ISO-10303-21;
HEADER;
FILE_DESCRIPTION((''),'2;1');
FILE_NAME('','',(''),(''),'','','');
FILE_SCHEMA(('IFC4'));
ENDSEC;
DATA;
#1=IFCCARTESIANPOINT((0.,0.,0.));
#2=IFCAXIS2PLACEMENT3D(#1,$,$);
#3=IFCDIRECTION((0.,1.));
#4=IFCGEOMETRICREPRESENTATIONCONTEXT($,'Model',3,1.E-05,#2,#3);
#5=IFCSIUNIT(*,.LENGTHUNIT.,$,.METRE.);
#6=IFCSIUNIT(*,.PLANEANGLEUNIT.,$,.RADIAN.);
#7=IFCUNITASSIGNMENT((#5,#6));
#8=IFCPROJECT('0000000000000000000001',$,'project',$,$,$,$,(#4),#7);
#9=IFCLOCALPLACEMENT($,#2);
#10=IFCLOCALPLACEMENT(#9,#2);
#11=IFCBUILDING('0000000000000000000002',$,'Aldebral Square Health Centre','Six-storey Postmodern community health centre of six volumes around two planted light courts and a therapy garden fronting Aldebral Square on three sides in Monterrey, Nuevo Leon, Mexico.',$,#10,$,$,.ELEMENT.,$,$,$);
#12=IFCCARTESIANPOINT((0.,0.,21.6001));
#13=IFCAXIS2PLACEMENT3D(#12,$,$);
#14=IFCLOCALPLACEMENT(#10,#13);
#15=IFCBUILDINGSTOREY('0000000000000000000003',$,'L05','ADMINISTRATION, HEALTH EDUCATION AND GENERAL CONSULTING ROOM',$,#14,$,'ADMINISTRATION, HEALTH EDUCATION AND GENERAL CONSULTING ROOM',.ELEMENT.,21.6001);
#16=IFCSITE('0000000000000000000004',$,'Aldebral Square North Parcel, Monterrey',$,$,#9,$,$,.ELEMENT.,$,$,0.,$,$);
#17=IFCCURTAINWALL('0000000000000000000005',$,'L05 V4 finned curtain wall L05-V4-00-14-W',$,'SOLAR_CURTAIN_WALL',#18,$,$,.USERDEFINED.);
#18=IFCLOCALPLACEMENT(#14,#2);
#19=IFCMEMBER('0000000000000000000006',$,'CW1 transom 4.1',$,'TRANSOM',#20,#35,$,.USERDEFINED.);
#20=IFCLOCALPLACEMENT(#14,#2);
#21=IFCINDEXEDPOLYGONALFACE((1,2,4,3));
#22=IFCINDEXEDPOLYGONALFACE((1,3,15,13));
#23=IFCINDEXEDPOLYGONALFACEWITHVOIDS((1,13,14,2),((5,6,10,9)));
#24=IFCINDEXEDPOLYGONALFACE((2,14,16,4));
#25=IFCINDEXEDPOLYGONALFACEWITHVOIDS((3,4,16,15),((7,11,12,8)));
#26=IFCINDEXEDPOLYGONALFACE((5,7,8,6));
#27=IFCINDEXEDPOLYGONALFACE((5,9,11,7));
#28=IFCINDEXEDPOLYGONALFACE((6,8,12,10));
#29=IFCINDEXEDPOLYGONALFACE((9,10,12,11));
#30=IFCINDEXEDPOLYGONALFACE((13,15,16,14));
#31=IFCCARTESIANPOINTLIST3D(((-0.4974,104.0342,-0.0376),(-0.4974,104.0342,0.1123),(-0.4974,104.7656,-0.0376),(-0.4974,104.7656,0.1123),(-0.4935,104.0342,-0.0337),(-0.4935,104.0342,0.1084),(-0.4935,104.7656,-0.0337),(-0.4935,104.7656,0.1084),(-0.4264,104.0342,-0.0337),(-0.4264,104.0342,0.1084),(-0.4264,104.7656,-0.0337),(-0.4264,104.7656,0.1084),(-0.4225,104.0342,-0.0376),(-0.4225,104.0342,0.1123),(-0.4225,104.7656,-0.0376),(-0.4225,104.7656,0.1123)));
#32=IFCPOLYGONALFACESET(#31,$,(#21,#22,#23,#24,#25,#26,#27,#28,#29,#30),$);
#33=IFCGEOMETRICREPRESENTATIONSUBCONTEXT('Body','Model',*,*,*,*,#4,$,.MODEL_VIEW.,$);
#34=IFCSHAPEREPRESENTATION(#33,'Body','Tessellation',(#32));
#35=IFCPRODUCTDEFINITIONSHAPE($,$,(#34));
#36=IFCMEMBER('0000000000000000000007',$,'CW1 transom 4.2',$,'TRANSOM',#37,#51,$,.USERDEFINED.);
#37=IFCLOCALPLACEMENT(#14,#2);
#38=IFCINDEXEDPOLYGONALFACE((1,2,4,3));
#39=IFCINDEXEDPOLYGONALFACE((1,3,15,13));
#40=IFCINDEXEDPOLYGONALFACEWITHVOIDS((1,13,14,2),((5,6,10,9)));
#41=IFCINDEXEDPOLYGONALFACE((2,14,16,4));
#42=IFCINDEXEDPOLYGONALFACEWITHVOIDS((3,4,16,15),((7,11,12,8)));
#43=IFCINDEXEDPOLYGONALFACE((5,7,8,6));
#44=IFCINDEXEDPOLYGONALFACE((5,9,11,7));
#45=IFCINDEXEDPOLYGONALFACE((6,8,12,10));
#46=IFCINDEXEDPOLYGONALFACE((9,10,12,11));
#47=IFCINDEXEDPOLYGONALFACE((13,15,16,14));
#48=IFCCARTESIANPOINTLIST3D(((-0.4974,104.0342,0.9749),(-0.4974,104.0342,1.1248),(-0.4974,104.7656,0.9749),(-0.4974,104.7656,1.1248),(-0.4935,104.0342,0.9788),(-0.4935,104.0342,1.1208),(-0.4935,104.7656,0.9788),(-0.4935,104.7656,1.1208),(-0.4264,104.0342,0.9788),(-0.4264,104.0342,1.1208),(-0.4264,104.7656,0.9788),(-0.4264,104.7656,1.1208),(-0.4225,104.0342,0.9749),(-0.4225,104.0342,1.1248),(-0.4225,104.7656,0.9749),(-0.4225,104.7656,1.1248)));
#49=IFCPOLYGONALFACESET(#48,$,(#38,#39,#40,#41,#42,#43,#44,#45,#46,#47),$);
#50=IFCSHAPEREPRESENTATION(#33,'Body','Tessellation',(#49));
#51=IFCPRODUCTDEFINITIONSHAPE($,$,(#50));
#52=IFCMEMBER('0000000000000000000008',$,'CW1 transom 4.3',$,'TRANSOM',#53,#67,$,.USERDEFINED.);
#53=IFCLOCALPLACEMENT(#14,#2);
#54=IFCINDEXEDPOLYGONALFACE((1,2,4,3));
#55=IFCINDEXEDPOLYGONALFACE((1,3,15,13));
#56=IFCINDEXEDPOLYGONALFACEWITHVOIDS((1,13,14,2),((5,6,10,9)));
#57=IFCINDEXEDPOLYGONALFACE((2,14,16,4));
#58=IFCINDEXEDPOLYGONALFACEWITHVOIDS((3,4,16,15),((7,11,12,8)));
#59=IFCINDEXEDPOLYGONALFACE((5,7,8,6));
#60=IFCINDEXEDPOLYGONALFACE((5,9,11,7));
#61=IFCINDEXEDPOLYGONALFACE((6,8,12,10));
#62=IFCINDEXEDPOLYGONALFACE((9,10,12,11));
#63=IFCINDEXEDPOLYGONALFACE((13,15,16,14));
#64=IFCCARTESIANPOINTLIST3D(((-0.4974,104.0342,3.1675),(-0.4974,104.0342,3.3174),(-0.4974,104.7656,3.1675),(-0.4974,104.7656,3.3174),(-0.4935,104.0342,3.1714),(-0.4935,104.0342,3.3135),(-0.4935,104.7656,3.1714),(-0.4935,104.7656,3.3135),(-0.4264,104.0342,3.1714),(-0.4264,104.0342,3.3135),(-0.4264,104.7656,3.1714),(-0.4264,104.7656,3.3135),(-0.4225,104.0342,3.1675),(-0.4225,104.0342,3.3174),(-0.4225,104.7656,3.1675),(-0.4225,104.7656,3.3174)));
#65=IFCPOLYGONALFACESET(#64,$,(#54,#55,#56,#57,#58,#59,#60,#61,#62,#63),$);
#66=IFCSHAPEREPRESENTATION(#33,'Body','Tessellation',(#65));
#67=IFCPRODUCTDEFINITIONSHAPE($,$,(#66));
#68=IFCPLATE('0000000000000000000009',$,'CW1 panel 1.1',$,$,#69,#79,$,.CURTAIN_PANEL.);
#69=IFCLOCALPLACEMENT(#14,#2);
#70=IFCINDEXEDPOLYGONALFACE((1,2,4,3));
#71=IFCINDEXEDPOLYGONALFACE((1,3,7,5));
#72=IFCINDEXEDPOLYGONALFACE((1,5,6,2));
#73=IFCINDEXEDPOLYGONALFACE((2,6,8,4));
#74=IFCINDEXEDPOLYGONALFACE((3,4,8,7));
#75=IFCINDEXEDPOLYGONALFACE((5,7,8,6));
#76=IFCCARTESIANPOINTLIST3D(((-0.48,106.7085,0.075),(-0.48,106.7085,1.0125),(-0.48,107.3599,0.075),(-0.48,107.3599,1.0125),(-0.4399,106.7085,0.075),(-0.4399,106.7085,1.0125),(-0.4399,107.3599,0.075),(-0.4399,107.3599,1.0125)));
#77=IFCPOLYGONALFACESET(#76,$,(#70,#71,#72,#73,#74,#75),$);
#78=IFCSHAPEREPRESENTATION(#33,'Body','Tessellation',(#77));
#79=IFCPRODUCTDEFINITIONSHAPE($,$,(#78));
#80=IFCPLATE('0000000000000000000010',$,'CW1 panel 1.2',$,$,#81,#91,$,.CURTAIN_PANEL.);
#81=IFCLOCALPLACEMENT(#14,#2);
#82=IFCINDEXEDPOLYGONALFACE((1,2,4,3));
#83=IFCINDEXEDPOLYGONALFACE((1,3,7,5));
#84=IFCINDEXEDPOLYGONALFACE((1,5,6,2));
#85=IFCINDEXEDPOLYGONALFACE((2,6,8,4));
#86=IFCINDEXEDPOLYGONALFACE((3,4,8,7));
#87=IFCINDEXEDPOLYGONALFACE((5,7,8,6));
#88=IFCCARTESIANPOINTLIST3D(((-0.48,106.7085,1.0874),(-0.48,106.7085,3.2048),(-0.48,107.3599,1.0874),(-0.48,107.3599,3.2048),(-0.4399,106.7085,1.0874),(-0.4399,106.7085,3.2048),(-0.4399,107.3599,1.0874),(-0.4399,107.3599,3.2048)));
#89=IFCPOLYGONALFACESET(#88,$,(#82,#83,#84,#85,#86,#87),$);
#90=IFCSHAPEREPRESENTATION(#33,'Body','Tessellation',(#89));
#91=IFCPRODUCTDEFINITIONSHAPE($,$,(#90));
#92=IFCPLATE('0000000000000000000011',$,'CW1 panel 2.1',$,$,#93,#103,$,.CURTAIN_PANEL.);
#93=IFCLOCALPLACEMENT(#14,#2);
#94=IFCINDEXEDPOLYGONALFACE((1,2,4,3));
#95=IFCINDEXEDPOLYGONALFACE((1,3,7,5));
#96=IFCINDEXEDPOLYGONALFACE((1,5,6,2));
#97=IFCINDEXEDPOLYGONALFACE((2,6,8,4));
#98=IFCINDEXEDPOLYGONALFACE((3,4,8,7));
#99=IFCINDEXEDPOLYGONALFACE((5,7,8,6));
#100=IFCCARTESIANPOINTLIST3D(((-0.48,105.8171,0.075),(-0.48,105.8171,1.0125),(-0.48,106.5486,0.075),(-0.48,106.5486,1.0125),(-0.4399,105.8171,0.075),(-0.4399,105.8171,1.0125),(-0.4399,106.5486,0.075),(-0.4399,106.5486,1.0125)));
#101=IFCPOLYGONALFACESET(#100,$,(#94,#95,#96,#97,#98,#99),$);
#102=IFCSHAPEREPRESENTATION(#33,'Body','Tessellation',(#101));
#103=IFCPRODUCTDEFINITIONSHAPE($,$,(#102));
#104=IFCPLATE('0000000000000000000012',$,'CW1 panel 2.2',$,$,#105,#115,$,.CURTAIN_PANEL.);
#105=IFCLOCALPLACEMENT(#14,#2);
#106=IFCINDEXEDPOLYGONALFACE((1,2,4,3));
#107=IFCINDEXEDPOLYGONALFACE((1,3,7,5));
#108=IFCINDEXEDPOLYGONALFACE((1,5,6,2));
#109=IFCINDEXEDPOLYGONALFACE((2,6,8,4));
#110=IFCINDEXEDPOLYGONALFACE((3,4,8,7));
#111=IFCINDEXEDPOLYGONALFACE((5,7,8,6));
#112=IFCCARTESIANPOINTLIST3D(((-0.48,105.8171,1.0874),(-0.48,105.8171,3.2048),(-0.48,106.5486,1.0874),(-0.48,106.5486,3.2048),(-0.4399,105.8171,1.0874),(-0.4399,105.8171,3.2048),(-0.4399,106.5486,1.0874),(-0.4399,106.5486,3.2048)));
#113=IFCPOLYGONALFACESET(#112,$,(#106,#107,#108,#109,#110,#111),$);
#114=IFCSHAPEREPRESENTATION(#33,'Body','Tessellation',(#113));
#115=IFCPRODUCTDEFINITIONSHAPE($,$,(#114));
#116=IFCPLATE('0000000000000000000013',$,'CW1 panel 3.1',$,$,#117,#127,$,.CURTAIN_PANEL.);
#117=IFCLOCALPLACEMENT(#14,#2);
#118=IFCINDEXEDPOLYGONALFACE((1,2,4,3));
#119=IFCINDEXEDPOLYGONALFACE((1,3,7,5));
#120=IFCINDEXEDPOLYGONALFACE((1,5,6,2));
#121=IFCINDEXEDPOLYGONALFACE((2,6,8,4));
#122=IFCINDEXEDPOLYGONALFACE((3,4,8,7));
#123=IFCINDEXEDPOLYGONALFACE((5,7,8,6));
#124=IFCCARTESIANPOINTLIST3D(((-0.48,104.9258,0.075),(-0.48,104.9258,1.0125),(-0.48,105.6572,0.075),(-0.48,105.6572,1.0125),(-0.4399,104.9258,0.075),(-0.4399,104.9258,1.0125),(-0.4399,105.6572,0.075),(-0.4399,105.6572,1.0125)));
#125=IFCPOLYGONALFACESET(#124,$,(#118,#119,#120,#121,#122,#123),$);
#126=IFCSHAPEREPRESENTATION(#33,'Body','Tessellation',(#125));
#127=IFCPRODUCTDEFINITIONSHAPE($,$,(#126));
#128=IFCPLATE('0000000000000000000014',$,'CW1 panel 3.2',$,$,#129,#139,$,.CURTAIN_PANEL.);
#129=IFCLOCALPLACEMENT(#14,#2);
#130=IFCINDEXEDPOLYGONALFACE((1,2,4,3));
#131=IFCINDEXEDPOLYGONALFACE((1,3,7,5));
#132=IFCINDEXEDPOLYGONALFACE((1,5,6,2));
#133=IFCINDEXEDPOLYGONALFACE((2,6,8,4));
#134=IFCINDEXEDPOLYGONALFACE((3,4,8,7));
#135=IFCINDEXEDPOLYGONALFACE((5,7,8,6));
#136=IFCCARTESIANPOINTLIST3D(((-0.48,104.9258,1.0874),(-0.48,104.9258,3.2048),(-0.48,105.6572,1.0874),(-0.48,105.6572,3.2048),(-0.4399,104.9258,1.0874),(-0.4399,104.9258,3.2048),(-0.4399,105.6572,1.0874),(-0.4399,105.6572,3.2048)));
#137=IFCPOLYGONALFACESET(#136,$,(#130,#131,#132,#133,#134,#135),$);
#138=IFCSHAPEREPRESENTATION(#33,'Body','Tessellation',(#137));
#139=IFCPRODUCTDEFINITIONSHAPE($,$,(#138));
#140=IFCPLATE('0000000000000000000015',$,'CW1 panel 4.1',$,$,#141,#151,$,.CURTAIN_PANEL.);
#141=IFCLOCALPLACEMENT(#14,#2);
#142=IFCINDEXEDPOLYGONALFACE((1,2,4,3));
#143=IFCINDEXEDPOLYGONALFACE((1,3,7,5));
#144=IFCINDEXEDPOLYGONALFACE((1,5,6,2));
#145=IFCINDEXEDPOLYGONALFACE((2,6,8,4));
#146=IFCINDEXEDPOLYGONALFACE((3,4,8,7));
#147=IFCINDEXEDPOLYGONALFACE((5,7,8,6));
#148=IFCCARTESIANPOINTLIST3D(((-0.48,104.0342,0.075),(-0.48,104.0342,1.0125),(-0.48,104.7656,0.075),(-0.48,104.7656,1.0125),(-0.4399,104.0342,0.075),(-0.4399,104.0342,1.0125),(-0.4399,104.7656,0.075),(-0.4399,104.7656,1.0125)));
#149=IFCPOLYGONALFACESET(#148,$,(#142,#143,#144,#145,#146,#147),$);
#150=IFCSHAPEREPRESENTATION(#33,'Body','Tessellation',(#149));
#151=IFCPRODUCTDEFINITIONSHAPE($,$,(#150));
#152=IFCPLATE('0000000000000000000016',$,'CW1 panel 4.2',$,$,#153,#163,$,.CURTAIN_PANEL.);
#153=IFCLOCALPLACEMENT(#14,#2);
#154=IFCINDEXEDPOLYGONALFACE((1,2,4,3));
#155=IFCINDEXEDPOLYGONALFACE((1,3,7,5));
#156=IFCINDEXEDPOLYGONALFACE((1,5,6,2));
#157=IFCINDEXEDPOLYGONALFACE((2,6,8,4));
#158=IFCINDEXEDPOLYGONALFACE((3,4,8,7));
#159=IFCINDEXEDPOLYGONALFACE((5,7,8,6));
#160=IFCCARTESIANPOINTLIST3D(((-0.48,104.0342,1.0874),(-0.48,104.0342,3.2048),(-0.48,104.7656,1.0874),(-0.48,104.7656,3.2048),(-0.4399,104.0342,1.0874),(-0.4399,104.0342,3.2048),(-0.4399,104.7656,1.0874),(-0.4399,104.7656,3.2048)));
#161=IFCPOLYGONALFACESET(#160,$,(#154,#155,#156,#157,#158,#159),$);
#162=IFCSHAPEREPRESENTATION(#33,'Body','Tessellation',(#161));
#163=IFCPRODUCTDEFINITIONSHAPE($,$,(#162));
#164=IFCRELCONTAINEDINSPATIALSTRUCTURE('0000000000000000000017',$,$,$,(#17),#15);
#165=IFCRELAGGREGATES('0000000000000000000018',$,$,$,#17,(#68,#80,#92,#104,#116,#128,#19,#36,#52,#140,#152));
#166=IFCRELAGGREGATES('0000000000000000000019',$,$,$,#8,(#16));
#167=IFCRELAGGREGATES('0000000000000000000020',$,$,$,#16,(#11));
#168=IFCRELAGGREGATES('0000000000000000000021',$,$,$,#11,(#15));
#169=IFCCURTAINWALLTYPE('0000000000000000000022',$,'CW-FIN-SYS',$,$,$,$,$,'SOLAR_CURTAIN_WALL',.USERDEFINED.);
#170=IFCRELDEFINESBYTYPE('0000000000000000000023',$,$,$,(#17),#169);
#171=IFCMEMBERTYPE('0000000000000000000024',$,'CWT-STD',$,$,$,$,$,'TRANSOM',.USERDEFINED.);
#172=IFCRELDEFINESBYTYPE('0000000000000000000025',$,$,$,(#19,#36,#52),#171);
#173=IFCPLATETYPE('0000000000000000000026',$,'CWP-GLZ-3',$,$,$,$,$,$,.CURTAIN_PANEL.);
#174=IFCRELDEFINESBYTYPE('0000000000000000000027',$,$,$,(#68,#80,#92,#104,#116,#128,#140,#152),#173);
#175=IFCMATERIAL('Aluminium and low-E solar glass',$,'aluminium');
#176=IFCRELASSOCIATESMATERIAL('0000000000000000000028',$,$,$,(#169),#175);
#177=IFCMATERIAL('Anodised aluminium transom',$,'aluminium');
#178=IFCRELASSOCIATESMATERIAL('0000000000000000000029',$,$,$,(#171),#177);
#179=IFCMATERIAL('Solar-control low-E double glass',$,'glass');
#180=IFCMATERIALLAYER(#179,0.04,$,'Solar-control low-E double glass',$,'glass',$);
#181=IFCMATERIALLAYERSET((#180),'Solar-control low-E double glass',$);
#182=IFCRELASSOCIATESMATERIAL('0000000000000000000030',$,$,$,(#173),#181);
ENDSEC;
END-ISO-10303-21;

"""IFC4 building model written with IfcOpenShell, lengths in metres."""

from ifc_helpers import new_model, si_unit, direction, frame, origin, origin_2d, place, context, subcontext, project, spatial, rectangle, hollow_rectangle, extrude, material, layer, layer_set, material_profile, profile_set, type_object, element, aggregate, save


model = new_model("IFC4")

# Units and contexts
model_context = context("Model", 3, precision=1e-05, world=origin(), true_north=direction((0.0, 1.0)))
body_context = subcontext(model_context, "Body", "Model", "MODEL_VIEW")
ifc_project = project(units=[si_unit("LENGTHUNIT", "METRE"), si_unit("PLANEANGLEUNIT", "RADIAN")], contexts=[model_context])

# Site, building, storey
site_placement = place(None, origin())
site = spatial("IfcSite", under=ifc_project, at=site_placement, Name="Aldebral Square North Parcel, Monterrey", CompositionType="ELEMENT", RefElevation=0.0)
building_placement = place(site_placement, origin())
building = spatial("IfcBuilding", under=site, at=building_placement, Name="Aldebral Square Health Centre", Description="Six-storey Postmodern community health centre of six volumes around two planted light courts and a therapy garden fronting Aldebral Square on three sides in Monterrey, Nuevo Leon, Mexico.", CompositionType="ELEMENT")
storey_placement = place(building_placement, frame((0.0, 0.0, 21.6001)))
storey = spatial("IfcBuildingStorey", under=building, at=storey_placement, Name="L05", Description="ADMINISTRATION, HEALTH EDUCATION AND GENERAL CONSULTING ROOM", LongName="ADMINISTRATION, HEALTH EDUCATION AND GENERAL CONSULTING ROOM", CompositionType="ELEMENT", Elevation=21.6001)

# Curtain wall, members, plates
ifc_material_1 = material(Name="Aluminium and low-E solar glass", Category="aluminium")
curtain_wall_type = type_object("IfcCurtainWallType", Name="CW-FIN-SYS", ElementType="SOLAR_CURTAIN_WALL", PredefinedType="USERDEFINED", material=ifc_material_1)
curtain_wall_placement = place(storey_placement, origin())
curtain_wall = element("IfcCurtainWall", 1, at=curtain_wall_placement, inside=storey, type_object=curtain_wall_type, Name="L05 V4 finned curtain wall L05-V4-00-14-W", ObjectType="SOLAR_CURTAIN_WALL", PredefinedType="USERDEFINED")
ifc_material_2 = material(Name="Anodised aluminium transom", Category="aluminium")
ifc_material_profile_1 = material_profile(ifc_material_2, hollow_rectangle(XDim=0.075, YDim=0.1499, WallThickness=0.0039, at=origin_2d()), Name="CWT 75x150x4")
ifc_profile_set_1 = profile_set([ifc_material_profile_1], Name="Anodised aluminium transom")
member_type_1 = type_object("IfcMemberType", Name="CWT-STD", ElementType="TRANSOM", PredefinedType="USERDEFINED", material=ifc_profile_set_1)
member_1_placement = place(storey_placement, frame((-0.46, 104.7656, 0.0374), z_axis=(0.0, -1.0, 0.0), x_axis=(1.0, 0.0, 0.0)))
member_1 = element("IfcMember", 2, at=member_1_placement, type_object=member_type_1, Name="CW1 transom 4.1", ObjectType="TRANSOM", PredefinedType="USERDEFINED", context=body_context, shape_type="SweptSolid", body=[
    extrude(hollow_rectangle(XDim=0.075, YDim=0.1499, WallThickness=0.0039, at=origin_2d()), origin(), (0.0, 0.0, 1.0), 0.7314),
])
member_2_placement = place(storey_placement, frame((-0.46, 104.7656, 1.0498), z_axis=(0.0, -1.0, 0.0), x_axis=(1.0, 0.0, 0.0)))
member_2 = element("IfcMember", 3, at=member_2_placement, type_object=member_type_1, Name="CW1 transom 4.2", ObjectType="TRANSOM", PredefinedType="USERDEFINED", context=body_context, shape_type="SweptSolid", body=[
    extrude(hollow_rectangle(XDim=0.075, YDim=0.1499, WallThickness=0.0039, at=origin_2d()), origin(), (0.0, 0.0, 1.0), 0.7314),
])
member_3_placement = place(storey_placement, frame((-0.46, 104.7656, 3.2424), z_axis=(0.0, -1.0, 0.0), x_axis=(1.0, 0.0, 0.0)))
member_3 = element("IfcMember", 4, at=member_3_placement, type_object=member_type_1, Name="CW1 transom 4.3", ObjectType="TRANSOM", PredefinedType="USERDEFINED", context=body_context, shape_type="SweptSolid", body=[
    extrude(hollow_rectangle(XDim=0.075, YDim=0.1499, WallThickness=0.0039, at=origin_2d()), origin(), (0.0, 0.0, 1.0), 0.7314),
])
ifc_material_3 = material(Name="Solar-control low-E double glass", Category="glass")
ifc_layer = layer(ifc_material_3, 0.04, Name="Solar-control low-E double glass", Category="glass")
ifc_layer_set = layer_set([ifc_layer], Name="Solar-control low-E double glass")
plate_type = type_object("IfcPlateType", Name="CWP-GLZ-3", PredefinedType="CURTAIN_PANEL", material=ifc_layer_set)
plate_1_placement = place(storey_placement, frame((-0.46, 107.0342, 0.075), z_axis=(0.0, 0.0, 1.0), x_axis=(0.0, -1.0, 0.0)))
plate_1 = element("IfcPlate", 5, at=plate_1_placement, type_object=plate_type, Name="CW1 panel 1.1", PredefinedType="CURTAIN_PANEL", context=body_context, shape_type="SweptSolid", body=[
    extrude(rectangle(XDim=0.6514, YDim=0.04, at=origin_2d()), origin(), (0.0, 0.0, 1.0), 0.9375),
])
plate_2_placement = place(storey_placement, frame((-0.46, 107.0342, 1.0874), z_axis=(0.0, 0.0, 1.0), x_axis=(0.0, -1.0, 0.0)))
plate_2 = element("IfcPlate", 6, at=plate_2_placement, type_object=plate_type, Name="CW1 panel 1.2", PredefinedType="CURTAIN_PANEL", context=body_context, shape_type="SweptSolid", body=[
    extrude(rectangle(XDim=0.6514, YDim=0.04, at=origin_2d()), origin(), (0.0, 0.0, 1.0), 2.1174),
])
plate_3_placement = place(storey_placement, frame((-0.46, 106.1829, 0.075), z_axis=(0.0, 0.0, 1.0), x_axis=(0.0, -1.0, 0.0)))
plate_3 = element("IfcPlate", 7, at=plate_3_placement, type_object=plate_type, Name="CW1 panel 2.1", PredefinedType="CURTAIN_PANEL", context=body_context, shape_type="SweptSolid", body=[
    extrude(rectangle(XDim=0.7314, YDim=0.04, at=origin_2d()), origin(), (0.0, 0.0, 1.0), 0.9375),
])
plate_4_placement = place(storey_placement, frame((-0.46, 106.1829, 1.0874), z_axis=(0.0, 0.0, 1.0), x_axis=(0.0, -1.0, 0.0)))
plate_4 = element("IfcPlate", 8, at=plate_4_placement, type_object=plate_type, Name="CW1 panel 2.2", PredefinedType="CURTAIN_PANEL", context=body_context, shape_type="SweptSolid", body=[
    extrude(rectangle(XDim=0.7314, YDim=0.04, at=origin_2d()), origin(), (0.0, 0.0, 1.0), 2.1174),
])
plate_5_placement = place(storey_placement, frame((-0.46, 105.2915, 0.075), z_axis=(0.0, 0.0, 1.0), x_axis=(0.0, -1.0, 0.0)))
plate_5 = element("IfcPlate", 9, at=plate_5_placement, type_object=plate_type, Name="CW1 panel 3.1", PredefinedType="CURTAIN_PANEL", context=body_context, shape_type="SweptSolid", body=[
    extrude(rectangle(XDim=0.7314, YDim=0.04, at=origin_2d()), origin(), (0.0, 0.0, 1.0), 0.9375),
])
plate_6_placement = place(storey_placement, frame((-0.46, 105.2915, 1.0874), z_axis=(0.0, 0.0, 1.0), x_axis=(0.0, -1.0, 0.0)))
plate_6 = element("IfcPlate", 10, at=plate_6_placement, type_object=plate_type, Name="CW1 panel 3.2", PredefinedType="CURTAIN_PANEL", context=body_context, shape_type="SweptSolid", body=[
    extrude(rectangle(XDim=0.7314, YDim=0.04, at=origin_2d()), origin(), (0.0, 0.0, 1.0), 2.1174),
])
plate_7_placement = place(storey_placement, frame((-0.46, 104.3999, 0.075), z_axis=(0.0, 0.0, 1.0), x_axis=(0.0, -1.0, 0.0)))
plate_7 = element("IfcPlate", 11, at=plate_7_placement, type_object=plate_type, Name="CW1 panel 4.1", PredefinedType="CURTAIN_PANEL", context=body_context, shape_type="SweptSolid", body=[
    extrude(rectangle(XDim=0.7314, YDim=0.04, at=origin_2d()), origin(), (0.0, 0.0, 1.0), 0.9375),
])
plate_8_placement = place(storey_placement, frame((-0.46, 104.3999, 1.0874), z_axis=(0.0, 0.0, 1.0), x_axis=(0.0, -1.0, 0.0)))
plate_8 = element("IfcPlate", 12, at=plate_8_placement, type_object=plate_type, Name="CW1 panel 4.2", PredefinedType="CURTAIN_PANEL", context=body_context, shape_type="SweptSolid", body=[
    extrude(rectangle(XDim=0.7314, YDim=0.04, at=origin_2d()), origin(), (0.0, 0.0, 1.0), 2.1174),
])
aggregate(curtain_wall, [plate_1, plate_2, plate_3, plate_4, plate_5, plate_6, member_1, member_2, member_3, plate_7, plate_8])

save(model, "model.ifc")
